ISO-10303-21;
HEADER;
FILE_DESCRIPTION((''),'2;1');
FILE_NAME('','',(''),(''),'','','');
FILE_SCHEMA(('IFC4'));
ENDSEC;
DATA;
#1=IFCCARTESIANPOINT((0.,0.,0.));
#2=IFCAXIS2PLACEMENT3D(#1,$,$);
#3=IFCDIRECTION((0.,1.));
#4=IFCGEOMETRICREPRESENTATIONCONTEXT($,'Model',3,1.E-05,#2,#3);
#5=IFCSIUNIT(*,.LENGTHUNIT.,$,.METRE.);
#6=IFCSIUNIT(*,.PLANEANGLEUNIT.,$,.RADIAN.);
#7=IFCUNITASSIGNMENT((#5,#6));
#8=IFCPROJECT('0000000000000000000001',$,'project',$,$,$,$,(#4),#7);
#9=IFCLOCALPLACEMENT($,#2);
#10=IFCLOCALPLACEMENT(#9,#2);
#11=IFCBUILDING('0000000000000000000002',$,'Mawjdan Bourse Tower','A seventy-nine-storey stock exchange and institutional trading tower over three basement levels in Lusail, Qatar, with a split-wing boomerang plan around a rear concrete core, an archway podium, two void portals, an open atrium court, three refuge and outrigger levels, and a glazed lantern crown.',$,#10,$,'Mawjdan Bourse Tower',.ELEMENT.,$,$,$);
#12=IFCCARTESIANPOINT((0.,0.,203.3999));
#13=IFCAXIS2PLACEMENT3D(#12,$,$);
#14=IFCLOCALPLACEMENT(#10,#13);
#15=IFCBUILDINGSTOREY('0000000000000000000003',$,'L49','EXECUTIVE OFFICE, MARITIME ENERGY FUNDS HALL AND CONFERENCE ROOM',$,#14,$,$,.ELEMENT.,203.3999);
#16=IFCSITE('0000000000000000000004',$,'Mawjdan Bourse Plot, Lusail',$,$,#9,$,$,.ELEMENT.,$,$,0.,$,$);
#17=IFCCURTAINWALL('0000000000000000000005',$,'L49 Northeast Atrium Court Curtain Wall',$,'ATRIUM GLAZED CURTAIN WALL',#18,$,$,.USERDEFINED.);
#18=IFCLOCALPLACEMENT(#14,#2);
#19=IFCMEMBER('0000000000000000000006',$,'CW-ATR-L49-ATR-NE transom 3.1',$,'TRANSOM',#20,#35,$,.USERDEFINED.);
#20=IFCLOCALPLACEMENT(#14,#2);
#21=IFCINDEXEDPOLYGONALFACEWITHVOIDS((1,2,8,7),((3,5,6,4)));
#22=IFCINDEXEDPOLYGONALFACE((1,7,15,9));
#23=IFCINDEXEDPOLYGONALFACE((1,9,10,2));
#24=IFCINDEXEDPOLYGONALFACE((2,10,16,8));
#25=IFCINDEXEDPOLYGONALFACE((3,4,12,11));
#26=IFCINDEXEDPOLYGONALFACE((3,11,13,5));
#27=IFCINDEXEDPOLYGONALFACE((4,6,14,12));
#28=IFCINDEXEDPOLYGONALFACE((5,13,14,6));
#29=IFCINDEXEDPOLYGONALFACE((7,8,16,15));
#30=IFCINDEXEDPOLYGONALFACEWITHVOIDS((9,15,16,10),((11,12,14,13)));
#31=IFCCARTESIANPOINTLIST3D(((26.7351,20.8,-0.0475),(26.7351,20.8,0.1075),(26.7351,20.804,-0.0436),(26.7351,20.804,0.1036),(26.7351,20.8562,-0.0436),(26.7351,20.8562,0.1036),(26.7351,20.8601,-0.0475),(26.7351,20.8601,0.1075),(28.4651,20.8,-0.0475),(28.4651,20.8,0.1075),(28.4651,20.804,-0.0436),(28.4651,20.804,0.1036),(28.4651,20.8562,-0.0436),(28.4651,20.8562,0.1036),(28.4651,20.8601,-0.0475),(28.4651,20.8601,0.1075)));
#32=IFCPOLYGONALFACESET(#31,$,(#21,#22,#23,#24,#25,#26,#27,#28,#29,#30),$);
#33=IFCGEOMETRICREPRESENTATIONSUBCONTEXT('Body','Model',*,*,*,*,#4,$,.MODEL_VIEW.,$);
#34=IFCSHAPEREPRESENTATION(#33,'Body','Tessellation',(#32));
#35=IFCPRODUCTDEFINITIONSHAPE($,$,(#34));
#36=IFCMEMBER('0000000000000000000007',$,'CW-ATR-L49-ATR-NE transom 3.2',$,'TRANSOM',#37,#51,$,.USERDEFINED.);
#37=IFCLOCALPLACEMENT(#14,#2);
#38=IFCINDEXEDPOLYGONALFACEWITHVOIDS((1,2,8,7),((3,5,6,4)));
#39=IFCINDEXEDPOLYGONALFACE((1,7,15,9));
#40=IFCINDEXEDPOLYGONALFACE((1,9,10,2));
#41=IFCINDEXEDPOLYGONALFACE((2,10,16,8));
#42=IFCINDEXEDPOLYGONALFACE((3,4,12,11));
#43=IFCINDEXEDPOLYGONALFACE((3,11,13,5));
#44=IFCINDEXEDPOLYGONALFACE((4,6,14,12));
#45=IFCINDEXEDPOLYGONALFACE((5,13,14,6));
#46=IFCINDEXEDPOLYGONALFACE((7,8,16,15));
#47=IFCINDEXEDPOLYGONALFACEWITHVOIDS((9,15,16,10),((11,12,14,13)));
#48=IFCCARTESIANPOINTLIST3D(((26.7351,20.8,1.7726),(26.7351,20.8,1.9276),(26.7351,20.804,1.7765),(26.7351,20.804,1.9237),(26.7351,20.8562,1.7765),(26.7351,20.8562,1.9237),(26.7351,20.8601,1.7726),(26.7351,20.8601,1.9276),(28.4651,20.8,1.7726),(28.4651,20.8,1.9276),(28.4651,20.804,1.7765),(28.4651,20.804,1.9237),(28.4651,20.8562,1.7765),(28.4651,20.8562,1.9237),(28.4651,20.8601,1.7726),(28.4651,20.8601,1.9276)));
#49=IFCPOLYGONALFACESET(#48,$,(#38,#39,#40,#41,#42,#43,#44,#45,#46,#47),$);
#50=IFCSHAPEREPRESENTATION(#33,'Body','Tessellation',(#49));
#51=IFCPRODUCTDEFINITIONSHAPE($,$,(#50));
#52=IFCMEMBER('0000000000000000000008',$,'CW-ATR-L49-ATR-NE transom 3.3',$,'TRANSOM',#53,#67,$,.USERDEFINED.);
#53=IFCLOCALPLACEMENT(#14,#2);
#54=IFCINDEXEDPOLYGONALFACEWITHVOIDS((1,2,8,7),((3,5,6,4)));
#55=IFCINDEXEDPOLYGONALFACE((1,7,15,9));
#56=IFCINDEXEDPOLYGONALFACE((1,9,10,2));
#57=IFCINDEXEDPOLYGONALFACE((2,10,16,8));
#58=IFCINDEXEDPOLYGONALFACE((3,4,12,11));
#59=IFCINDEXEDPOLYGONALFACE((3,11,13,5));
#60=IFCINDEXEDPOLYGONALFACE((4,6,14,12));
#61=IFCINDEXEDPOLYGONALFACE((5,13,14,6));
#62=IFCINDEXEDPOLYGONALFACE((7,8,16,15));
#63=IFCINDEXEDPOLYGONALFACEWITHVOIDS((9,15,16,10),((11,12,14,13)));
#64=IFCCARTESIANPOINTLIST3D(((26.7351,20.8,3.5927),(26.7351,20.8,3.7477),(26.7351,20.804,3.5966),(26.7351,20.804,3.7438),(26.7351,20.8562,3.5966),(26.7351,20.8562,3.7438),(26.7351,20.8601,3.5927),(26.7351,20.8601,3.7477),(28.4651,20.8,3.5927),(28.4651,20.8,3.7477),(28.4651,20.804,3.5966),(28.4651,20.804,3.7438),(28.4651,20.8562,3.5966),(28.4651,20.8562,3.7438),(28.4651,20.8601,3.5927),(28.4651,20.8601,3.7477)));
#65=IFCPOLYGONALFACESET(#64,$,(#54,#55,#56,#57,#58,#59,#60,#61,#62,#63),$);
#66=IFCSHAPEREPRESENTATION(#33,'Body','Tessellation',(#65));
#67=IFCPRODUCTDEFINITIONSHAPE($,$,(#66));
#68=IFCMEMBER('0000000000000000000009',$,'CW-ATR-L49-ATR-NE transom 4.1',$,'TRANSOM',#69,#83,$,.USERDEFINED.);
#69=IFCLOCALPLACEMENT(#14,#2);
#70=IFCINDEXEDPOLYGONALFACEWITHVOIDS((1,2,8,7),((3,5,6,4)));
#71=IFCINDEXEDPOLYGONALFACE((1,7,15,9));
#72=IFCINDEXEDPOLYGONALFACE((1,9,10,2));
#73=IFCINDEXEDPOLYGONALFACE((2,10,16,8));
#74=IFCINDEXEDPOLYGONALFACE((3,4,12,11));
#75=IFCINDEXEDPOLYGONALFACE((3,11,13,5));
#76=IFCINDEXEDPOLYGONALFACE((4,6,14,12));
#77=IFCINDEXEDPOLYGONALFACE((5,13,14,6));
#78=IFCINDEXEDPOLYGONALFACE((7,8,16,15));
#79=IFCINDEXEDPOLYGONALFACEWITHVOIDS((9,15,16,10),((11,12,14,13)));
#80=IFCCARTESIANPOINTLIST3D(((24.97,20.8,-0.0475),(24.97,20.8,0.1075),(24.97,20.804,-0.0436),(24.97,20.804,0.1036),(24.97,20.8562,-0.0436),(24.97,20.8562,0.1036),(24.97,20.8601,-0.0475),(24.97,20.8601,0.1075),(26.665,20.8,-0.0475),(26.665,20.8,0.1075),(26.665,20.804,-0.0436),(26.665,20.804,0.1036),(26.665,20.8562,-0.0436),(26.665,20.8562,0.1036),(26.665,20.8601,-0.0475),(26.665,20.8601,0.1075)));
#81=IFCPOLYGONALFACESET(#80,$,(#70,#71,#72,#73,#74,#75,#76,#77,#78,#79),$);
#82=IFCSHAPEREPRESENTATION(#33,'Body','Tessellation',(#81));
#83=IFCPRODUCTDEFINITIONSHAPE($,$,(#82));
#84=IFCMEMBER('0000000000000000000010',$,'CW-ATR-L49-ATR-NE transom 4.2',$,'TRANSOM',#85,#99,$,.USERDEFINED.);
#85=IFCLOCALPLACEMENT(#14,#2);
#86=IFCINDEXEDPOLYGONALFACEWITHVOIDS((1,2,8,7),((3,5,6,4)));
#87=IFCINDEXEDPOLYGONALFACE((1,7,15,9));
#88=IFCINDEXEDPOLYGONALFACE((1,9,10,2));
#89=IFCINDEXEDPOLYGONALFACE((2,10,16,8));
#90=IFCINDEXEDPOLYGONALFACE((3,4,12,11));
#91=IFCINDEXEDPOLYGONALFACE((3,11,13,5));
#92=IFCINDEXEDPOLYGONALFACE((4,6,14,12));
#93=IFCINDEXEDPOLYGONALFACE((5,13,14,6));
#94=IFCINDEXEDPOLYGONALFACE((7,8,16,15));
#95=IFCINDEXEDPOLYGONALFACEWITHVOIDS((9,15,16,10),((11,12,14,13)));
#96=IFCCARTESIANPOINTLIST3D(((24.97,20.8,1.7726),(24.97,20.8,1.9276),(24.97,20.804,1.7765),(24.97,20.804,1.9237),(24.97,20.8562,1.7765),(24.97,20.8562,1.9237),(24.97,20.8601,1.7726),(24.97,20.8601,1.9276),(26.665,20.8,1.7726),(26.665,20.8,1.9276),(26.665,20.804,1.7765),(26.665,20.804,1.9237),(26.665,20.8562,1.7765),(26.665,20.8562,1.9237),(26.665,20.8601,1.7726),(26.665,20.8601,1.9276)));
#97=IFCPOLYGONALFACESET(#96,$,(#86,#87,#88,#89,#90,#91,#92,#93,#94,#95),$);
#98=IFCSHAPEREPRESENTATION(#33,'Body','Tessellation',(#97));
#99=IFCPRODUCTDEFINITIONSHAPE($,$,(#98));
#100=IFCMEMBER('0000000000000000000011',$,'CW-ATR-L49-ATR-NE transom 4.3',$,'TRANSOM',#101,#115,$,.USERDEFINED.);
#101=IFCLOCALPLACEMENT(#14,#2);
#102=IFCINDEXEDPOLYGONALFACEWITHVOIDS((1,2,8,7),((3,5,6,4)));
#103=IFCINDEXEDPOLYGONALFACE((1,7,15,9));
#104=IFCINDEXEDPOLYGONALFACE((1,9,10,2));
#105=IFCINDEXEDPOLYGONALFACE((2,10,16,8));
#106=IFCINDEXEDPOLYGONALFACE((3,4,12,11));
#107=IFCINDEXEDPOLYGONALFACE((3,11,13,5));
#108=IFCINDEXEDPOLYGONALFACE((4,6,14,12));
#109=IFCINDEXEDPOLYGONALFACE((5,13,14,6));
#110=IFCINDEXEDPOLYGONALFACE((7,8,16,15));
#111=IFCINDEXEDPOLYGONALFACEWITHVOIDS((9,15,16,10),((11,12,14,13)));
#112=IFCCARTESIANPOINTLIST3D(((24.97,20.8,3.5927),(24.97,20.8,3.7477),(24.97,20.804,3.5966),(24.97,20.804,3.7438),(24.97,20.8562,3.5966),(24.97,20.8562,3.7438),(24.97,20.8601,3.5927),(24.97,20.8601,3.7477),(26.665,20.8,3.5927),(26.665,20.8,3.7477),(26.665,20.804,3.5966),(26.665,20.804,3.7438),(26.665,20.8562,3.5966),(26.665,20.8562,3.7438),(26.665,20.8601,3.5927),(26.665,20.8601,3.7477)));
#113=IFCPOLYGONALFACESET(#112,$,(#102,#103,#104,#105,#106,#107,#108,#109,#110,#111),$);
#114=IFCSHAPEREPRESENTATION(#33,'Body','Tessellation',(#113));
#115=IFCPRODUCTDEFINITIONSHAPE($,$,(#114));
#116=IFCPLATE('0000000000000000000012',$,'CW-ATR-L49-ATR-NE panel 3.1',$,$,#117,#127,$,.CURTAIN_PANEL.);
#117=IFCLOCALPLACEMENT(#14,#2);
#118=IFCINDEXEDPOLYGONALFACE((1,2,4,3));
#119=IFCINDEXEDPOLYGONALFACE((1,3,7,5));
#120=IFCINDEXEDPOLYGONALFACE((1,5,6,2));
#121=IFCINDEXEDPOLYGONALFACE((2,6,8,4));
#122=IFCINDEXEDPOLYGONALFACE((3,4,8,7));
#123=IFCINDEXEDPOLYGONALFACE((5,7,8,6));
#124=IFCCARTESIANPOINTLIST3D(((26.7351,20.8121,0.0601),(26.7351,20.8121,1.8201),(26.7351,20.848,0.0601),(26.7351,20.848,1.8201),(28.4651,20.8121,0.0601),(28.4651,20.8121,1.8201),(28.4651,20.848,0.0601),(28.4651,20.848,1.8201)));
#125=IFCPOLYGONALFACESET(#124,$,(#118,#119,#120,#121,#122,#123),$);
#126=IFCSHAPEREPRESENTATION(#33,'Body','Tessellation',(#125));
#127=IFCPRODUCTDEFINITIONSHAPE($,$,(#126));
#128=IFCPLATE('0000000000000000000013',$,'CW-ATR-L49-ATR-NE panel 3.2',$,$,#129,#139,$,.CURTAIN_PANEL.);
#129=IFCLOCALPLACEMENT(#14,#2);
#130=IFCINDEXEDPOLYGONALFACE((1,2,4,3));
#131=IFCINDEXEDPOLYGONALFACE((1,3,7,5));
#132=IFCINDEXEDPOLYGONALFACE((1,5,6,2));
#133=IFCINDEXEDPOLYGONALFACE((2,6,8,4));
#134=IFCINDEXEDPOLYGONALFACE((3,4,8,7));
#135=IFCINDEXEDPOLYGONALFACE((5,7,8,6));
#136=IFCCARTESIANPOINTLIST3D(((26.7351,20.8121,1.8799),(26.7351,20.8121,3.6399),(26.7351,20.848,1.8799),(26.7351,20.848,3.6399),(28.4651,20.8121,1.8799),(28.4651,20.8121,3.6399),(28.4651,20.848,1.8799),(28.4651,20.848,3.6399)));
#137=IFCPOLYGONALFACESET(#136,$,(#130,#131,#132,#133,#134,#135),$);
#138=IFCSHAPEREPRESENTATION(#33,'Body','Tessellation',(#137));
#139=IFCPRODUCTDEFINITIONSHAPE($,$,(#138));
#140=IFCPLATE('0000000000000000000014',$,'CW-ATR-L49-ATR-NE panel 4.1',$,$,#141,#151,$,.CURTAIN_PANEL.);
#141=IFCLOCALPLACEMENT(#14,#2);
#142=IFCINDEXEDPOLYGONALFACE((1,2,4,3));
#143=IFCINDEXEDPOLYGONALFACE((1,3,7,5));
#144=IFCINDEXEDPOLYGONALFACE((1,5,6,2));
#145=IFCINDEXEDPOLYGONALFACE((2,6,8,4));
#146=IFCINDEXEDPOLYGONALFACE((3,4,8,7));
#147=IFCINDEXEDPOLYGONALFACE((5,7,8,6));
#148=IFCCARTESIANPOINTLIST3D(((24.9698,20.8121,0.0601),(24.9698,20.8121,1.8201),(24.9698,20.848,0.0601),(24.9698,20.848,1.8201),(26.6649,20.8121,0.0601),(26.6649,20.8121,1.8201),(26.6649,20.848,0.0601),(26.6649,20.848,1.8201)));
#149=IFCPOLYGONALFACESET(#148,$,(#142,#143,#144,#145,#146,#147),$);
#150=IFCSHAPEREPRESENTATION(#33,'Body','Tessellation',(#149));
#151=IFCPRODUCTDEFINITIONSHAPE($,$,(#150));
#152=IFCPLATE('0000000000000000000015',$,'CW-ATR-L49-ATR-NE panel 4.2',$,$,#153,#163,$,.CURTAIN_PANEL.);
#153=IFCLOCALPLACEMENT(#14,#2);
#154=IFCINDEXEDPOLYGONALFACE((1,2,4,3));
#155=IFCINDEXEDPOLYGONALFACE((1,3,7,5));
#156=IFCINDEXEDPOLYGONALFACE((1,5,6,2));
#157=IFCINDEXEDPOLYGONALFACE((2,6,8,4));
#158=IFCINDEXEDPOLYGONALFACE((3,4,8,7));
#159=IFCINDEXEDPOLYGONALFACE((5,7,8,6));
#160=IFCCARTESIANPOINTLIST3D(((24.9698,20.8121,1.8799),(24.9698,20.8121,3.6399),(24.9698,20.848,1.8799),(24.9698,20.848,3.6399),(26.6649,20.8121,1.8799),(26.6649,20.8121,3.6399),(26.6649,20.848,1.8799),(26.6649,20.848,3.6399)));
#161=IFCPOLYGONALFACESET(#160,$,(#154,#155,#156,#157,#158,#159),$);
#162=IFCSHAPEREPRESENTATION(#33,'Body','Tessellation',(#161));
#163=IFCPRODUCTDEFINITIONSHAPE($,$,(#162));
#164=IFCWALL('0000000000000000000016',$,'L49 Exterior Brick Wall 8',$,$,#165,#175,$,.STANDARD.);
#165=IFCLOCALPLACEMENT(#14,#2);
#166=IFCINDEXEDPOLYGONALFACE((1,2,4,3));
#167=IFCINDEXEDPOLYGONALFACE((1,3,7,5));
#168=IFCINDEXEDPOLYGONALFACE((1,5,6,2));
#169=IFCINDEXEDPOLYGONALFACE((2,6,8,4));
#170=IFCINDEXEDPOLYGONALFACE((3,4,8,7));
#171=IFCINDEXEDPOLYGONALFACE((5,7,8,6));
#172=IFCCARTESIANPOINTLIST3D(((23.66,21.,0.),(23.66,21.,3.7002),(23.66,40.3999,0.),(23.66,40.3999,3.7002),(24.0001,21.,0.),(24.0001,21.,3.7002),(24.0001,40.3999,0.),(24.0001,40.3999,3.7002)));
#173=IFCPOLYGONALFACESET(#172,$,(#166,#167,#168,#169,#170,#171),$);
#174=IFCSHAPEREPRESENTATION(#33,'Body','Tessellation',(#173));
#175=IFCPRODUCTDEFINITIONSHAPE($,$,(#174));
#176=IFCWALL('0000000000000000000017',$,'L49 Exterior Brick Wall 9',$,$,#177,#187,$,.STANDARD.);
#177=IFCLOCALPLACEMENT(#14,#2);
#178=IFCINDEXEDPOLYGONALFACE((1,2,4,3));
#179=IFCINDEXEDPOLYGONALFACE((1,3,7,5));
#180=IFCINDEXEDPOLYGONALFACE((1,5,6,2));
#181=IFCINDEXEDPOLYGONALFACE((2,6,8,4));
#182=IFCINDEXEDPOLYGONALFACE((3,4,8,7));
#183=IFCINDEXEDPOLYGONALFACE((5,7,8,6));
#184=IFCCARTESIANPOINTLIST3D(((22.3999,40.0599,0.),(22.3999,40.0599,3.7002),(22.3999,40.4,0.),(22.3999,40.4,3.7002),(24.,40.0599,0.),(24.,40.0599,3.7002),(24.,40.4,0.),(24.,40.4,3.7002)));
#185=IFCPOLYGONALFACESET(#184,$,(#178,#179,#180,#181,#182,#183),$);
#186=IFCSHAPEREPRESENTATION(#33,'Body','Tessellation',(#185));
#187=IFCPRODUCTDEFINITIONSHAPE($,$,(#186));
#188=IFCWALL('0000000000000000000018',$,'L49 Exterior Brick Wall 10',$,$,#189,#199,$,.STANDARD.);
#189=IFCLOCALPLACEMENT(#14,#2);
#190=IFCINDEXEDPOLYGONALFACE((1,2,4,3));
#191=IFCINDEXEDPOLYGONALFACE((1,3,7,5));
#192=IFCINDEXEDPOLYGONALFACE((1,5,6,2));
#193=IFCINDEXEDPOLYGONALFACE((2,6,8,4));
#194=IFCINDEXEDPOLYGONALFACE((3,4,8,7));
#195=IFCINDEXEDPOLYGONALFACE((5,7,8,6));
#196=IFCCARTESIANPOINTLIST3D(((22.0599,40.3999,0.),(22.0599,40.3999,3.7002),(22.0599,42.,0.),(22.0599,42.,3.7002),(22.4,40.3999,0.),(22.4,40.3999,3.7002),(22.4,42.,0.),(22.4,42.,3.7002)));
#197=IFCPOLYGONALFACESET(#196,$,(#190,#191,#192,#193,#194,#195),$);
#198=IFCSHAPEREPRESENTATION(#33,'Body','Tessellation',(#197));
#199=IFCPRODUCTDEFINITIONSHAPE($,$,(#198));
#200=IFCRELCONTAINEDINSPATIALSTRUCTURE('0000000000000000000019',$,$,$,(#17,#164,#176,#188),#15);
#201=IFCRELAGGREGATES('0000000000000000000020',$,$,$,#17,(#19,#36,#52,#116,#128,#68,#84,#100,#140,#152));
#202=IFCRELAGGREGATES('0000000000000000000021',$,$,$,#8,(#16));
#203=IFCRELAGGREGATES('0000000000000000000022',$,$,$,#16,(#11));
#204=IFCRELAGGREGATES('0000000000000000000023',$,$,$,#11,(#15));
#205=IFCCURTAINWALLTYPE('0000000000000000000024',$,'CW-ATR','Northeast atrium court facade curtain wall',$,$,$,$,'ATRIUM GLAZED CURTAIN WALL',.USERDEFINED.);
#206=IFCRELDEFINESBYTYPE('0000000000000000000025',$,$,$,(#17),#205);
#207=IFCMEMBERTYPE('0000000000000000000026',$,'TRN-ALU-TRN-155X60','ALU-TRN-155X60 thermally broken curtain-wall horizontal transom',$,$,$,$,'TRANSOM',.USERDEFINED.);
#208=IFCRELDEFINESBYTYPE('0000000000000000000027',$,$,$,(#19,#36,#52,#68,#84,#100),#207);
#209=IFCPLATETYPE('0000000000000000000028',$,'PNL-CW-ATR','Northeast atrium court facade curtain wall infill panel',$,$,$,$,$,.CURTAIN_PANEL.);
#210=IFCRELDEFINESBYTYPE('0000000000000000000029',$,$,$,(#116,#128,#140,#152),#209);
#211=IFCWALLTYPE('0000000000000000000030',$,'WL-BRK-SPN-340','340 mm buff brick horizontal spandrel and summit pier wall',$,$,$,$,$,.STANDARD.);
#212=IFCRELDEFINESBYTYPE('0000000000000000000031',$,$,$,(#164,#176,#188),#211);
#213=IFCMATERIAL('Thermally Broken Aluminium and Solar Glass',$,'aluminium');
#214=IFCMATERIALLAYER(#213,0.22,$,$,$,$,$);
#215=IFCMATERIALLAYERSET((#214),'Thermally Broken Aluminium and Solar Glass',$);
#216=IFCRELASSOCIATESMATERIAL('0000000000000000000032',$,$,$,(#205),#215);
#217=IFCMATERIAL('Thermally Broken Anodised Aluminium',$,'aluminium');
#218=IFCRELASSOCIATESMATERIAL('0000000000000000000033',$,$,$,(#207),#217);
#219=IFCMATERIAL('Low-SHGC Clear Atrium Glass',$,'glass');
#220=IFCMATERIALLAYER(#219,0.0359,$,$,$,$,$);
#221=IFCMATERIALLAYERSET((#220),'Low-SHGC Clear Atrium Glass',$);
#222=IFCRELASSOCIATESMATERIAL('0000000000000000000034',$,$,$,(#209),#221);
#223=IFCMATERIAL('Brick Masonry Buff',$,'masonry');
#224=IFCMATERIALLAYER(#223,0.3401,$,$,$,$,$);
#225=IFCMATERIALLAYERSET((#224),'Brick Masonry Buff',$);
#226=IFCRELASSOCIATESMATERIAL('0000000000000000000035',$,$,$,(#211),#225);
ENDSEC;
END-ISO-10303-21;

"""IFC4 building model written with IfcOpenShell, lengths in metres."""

from ifc_helpers import new_model, si_unit, direction, frame, frame_2d, origin, origin_2d, place, context, subcontext, project, spatial, rectangle, hollow_rectangle, extrude, material, layer, layer_set, material_profile, profile_set, type_object, element, aggregate, save


model = new_model("IFC4")

# Units and contexts
model_context = context("Model", 3, precision=1e-05, world=origin(), true_north=direction((0.0, 1.0)))
body_context = subcontext(model_context, "Body", "Model", "MODEL_VIEW")
ifc_project = project(units=[si_unit("LENGTHUNIT", "METRE"), si_unit("PLANEANGLEUNIT", "RADIAN")], contexts=[model_context])

# Site, building, storey
site_placement = place(None, origin())
site = spatial("IfcSite", under=ifc_project, at=site_placement, Name="Mawjdan Bourse Plot, Lusail", CompositionType="ELEMENT", RefElevation=0.0)
building_placement = place(site_placement, origin())
building = spatial("IfcBuilding", under=site, at=building_placement, Name="Mawjdan Bourse Tower", Description="A seventy-nine-storey stock exchange and institutional trading tower over three basement levels in Lusail, Qatar, with a split-wing boomerang plan around a rear concrete core, an archway podium, two void portals, an open atrium court, three refuge and outrigger levels, and a glazed lantern crown.", LongName="Mawjdan Bourse Tower", CompositionType="ELEMENT")
storey_placement = place(building_placement, frame((0.0, 0.0, 203.3999)))
storey = spatial("IfcBuildingStorey", under=building, at=storey_placement, Name="L49", Description="EXECUTIVE OFFICE, MARITIME ENERGY FUNDS HALL AND CONFERENCE ROOM", CompositionType="ELEMENT", Elevation=203.3999)

# Curtain wall
ifc_material_1 = material(Name="Thermally Broken Aluminium and Solar Glass", Category="aluminium")
ifc_layer_1 = layer(ifc_material_1, 0.22)
ifc_layer_set_1 = layer_set([ifc_layer_1], Name="Thermally Broken Aluminium and Solar Glass")
curtain_wall_type = type_object("IfcCurtainWallType", Name="CW-ATR", Description="Northeast atrium court facade curtain wall", ElementType="ATRIUM GLAZED CURTAIN WALL", PredefinedType="USERDEFINED", material=ifc_layer_set_1)
curtain_wall_placement = place(storey_placement, origin())
curtain_wall = element("IfcCurtainWall", 1, at=curtain_wall_placement, inside=storey, type_object=curtain_wall_type, Name="L49 Northeast Atrium Court Curtain Wall", ObjectType="ATRIUM GLAZED CURTAIN WALL", PredefinedType="USERDEFINED")
ifc_material_2 = material(Name="Thermally Broken Anodised Aluminium", Category="aluminium")

# Members
ifc_material_profile_1 = material_profile(ifc_material_2, hollow_rectangle(XDim=0.0601, YDim=0.155, WallThickness=0.0039, at=origin_2d()), Name="ALU-TRN-155X60")
ifc_profile_set_1 = profile_set([ifc_material_profile_1], Name="Thermally Broken Anodised Aluminium")
member_type_1 = type_object("IfcMemberType", Name="TRN-ALU-TRN-155X60", Description="ALU-TRN-155X60 thermally broken curtain-wall horizontal transom", ElementType="TRANSOM", PredefinedType="USERDEFINED", material=ifc_profile_set_1)
member_1_placement = place(storey_placement, frame((28.4651, 20.8301, 0.03), z_axis=(-1.0, 0.0, 0.0), x_axis=(0.0, -1.0, 0.0)))
member_1 = element("IfcMember", 2, at=member_1_placement, type_object=member_type_1, Name="CW-ATR-L49-ATR-NE transom 3.1", ObjectType="TRANSOM", PredefinedType="USERDEFINED", context=body_context, shape_type="SweptSolid", body=[
    extrude(hollow_rectangle(XDim=0.0601, YDim=0.155, WallThickness=0.0039, at=origin_2d()), origin(), (0.0, 0.0, 1.0), 1.73),
])
member_2_placement = place(storey_placement, frame((28.4651, 20.8301, 1.8501), z_axis=(-1.0, 0.0, 0.0), x_axis=(0.0, -1.0, 0.0)))
member_2 = element("IfcMember", 3, at=member_2_placement, type_object=member_type_1, Name="CW-ATR-L49-ATR-NE transom 3.2", ObjectType="TRANSOM", PredefinedType="USERDEFINED", context=body_context, shape_type="SweptSolid", body=[
    extrude(hollow_rectangle(XDim=0.0601, YDim=0.155, WallThickness=0.0039, at=origin_2d()), origin(), (0.0, 0.0, 1.0), 1.73),
])
member_3_placement = place(storey_placement, frame((28.4651, 20.8301, 3.6702), z_axis=(-1.0, 0.0, 0.0), x_axis=(0.0, -1.0, 0.0)))
member_3 = element("IfcMember", 4, at=member_3_placement, type_object=member_type_1, Name="CW-ATR-L49-ATR-NE transom 3.3", ObjectType="TRANSOM", PredefinedType="USERDEFINED", context=body_context, shape_type="SweptSolid", body=[
    extrude(hollow_rectangle(XDim=0.0601, YDim=0.155, WallThickness=0.0039, at=origin_2d()), origin(), (0.0, 0.0, 1.0), 1.73),
])
member_4_placement = place(storey_placement, frame((26.665, 20.8301, 0.03), z_axis=(-1.0, 0.0, 0.0), x_axis=(0.0, -1.0, 0.0)))
member_4 = element("IfcMember", 5, at=member_4_placement, type_object=member_type_1, Name="CW-ATR-L49-ATR-NE transom 4.1", ObjectType="TRANSOM", PredefinedType="USERDEFINED", context=body_context, shape_type="SweptSolid", body=[
    extrude(hollow_rectangle(XDim=0.0601, YDim=0.155, WallThickness=0.0039, at=origin_2d()), origin(), (0.0, 0.0, 1.0), 1.6951),
])
member_5_placement = place(storey_placement, frame((26.665, 20.8301, 1.8501), z_axis=(-1.0, 0.0, 0.0), x_axis=(0.0, -1.0, 0.0)))
member_5 = element("IfcMember", 6, at=member_5_placement, type_object=member_type_1, Name="CW-ATR-L49-ATR-NE transom 4.2", ObjectType="TRANSOM", PredefinedType="USERDEFINED", context=body_context, shape_type="SweptSolid", body=[
    extrude(hollow_rectangle(XDim=0.0601, YDim=0.155, WallThickness=0.0039, at=origin_2d()), origin(), (0.0, 0.0, 1.0), 1.6951),
])
member_6_placement = place(storey_placement, frame((26.665, 20.8301, 3.6702), z_axis=(-1.0, 0.0, 0.0), x_axis=(0.0, -1.0, 0.0)))
member_6 = element("IfcMember", 7, at=member_6_placement, type_object=member_type_1, Name="CW-ATR-L49-ATR-NE transom 4.3", ObjectType="TRANSOM", PredefinedType="USERDEFINED", context=body_context, shape_type="SweptSolid", body=[
    extrude(hollow_rectangle(XDim=0.0601, YDim=0.155, WallThickness=0.0039, at=origin_2d()), origin(), (0.0, 0.0, 1.0), 1.6951),
])

# Plates
ifc_material_3 = material(Name="Low-SHGC Clear Atrium Glass", Category="glass")
ifc_layer_2 = layer(ifc_material_3, 0.0359)
ifc_layer_set_2 = layer_set([ifc_layer_2], Name="Low-SHGC Clear Atrium Glass")
plate_type = type_object("IfcPlateType", Name="PNL-CW-ATR", Description="Northeast atrium court facade curtain wall infill panel", PredefinedType="CURTAIN_PANEL", material=ifc_layer_set_2)
plate_1_placement = place(storey_placement, frame((27.6001, 20.8301, 0.0601), z_axis=(0.0, 0.0, 1.0), x_axis=(-1.0, 0.0, 0.0)))
plate_1 = element("IfcPlate", 8, at=plate_1_placement, type_object=plate_type, Name="CW-ATR-L49-ATR-NE panel 3.1", PredefinedType="CURTAIN_PANEL", context=body_context, shape_type="SweptSolid", body=[
    extrude(rectangle(XDim=1.73, YDim=0.0359, at=origin_2d()), origin(), (0.0, 0.0, 1.0), 1.76),
])
plate_2_placement = place(storey_placement, frame((27.6001, 20.8301, 1.8799), z_axis=(0.0, 0.0, 1.0), x_axis=(-1.0, 0.0, 0.0)))
plate_2 = element("IfcPlate", 9, at=plate_2_placement, type_object=plate_type, Name="CW-ATR-L49-ATR-NE panel 3.2", PredefinedType="CURTAIN_PANEL", context=body_context, shape_type="SweptSolid", body=[
    extrude(rectangle(XDim=1.73, YDim=0.0359, at=origin_2d()), origin(), (0.0, 0.0, 1.0), 1.76),
])
plate_3_placement = place(storey_placement, frame((25.8174, 20.8301, 0.0601), z_axis=(0.0, 0.0, 1.0), x_axis=(-1.0, 0.0, 0.0)))
plate_3 = element("IfcPlate", 10, at=plate_3_placement, type_object=plate_type, Name="CW-ATR-L49-ATR-NE panel 4.1", PredefinedType="CURTAIN_PANEL", context=body_context, shape_type="SweptSolid", body=[
    extrude(rectangle(XDim=1.6951, YDim=0.0359, at=origin_2d()), origin(), (0.0, 0.0, 1.0), 1.76),
])
plate_4_placement = place(storey_placement, frame((25.8174, 20.8301, 1.8799), z_axis=(0.0, 0.0, 1.0), x_axis=(-1.0, 0.0, 0.0)))
plate_4 = element("IfcPlate", 11, at=plate_4_placement, type_object=plate_type, Name="CW-ATR-L49-ATR-NE panel 4.2", PredefinedType="CURTAIN_PANEL", context=body_context, shape_type="SweptSolid", body=[
    extrude(rectangle(XDim=1.6951, YDim=0.0359, at=origin_2d()), origin(), (0.0, 0.0, 1.0), 1.76),
])
aggregate(curtain_wall, [member_1, member_2, member_3, plate_1, plate_2, member_4, member_5, member_6, plate_3, plate_4])

# Walls
ifc_material_4 = material(Name="Brick Masonry Buff", Category="masonry")
ifc_layer_3 = layer(ifc_material_4, 0.3401)
ifc_layer_set_3 = layer_set([ifc_layer_3], Name="Brick Masonry Buff")
wall_type_1 = type_object("IfcWallType", Name="WL-BRK-SPN-340", Description="340 mm buff brick horizontal spandrel and summit pier wall", PredefinedType="STANDARD", material=ifc_layer_set_3)
wall_1_placement = place(storey_placement, frame((23.8301, 21.0, 0.0), z_axis=(0.0, 0.0, 1.0), x_axis=(0.0, 1.0, 0.0)))
element("IfcWall", 12, at=wall_1_placement, inside=storey, type_object=wall_type_1, Name="L49 Exterior Brick Wall 8", PredefinedType="STANDARD", context=body_context, shape_type="SweptSolid", body=[
    extrude(rectangle(XDim=19.3999, YDim=0.3401, at=frame_2d((9.7, 0.0))), origin(), (0.0, 0.0, 1.0), 3.7002),
])
for number, where, z_axis, x_axis, name in (
    (13, (24.0, 40.23, 0.0), (0.0, 0.0, 1.0), (-1.0, 0.0, 0.0), "L49 Exterior Brick Wall 9"),
    (14, (22.23, 40.3999, 0.0), (0.0, 0.0, 1.0), (0.0, 1.0, 0.0), "L49 Exterior Brick Wall 10"),
):
    element("IfcWall", number, at=place(storey_placement, frame(where, z_axis=z_axis, x_axis=x_axis)), inside=storey, type_object=wall_type_1, Name=name, PredefinedType="STANDARD", context=body_context, shape_type="SweptSolid", body=[
        extrude(rectangle(XDim=1.6001, YDim=0.3401, at=frame_2d((0.8, 0.0))), origin(), (0.0, 0.0, 1.0), 3.7002),
    ])

save(model, "model.ifc")
